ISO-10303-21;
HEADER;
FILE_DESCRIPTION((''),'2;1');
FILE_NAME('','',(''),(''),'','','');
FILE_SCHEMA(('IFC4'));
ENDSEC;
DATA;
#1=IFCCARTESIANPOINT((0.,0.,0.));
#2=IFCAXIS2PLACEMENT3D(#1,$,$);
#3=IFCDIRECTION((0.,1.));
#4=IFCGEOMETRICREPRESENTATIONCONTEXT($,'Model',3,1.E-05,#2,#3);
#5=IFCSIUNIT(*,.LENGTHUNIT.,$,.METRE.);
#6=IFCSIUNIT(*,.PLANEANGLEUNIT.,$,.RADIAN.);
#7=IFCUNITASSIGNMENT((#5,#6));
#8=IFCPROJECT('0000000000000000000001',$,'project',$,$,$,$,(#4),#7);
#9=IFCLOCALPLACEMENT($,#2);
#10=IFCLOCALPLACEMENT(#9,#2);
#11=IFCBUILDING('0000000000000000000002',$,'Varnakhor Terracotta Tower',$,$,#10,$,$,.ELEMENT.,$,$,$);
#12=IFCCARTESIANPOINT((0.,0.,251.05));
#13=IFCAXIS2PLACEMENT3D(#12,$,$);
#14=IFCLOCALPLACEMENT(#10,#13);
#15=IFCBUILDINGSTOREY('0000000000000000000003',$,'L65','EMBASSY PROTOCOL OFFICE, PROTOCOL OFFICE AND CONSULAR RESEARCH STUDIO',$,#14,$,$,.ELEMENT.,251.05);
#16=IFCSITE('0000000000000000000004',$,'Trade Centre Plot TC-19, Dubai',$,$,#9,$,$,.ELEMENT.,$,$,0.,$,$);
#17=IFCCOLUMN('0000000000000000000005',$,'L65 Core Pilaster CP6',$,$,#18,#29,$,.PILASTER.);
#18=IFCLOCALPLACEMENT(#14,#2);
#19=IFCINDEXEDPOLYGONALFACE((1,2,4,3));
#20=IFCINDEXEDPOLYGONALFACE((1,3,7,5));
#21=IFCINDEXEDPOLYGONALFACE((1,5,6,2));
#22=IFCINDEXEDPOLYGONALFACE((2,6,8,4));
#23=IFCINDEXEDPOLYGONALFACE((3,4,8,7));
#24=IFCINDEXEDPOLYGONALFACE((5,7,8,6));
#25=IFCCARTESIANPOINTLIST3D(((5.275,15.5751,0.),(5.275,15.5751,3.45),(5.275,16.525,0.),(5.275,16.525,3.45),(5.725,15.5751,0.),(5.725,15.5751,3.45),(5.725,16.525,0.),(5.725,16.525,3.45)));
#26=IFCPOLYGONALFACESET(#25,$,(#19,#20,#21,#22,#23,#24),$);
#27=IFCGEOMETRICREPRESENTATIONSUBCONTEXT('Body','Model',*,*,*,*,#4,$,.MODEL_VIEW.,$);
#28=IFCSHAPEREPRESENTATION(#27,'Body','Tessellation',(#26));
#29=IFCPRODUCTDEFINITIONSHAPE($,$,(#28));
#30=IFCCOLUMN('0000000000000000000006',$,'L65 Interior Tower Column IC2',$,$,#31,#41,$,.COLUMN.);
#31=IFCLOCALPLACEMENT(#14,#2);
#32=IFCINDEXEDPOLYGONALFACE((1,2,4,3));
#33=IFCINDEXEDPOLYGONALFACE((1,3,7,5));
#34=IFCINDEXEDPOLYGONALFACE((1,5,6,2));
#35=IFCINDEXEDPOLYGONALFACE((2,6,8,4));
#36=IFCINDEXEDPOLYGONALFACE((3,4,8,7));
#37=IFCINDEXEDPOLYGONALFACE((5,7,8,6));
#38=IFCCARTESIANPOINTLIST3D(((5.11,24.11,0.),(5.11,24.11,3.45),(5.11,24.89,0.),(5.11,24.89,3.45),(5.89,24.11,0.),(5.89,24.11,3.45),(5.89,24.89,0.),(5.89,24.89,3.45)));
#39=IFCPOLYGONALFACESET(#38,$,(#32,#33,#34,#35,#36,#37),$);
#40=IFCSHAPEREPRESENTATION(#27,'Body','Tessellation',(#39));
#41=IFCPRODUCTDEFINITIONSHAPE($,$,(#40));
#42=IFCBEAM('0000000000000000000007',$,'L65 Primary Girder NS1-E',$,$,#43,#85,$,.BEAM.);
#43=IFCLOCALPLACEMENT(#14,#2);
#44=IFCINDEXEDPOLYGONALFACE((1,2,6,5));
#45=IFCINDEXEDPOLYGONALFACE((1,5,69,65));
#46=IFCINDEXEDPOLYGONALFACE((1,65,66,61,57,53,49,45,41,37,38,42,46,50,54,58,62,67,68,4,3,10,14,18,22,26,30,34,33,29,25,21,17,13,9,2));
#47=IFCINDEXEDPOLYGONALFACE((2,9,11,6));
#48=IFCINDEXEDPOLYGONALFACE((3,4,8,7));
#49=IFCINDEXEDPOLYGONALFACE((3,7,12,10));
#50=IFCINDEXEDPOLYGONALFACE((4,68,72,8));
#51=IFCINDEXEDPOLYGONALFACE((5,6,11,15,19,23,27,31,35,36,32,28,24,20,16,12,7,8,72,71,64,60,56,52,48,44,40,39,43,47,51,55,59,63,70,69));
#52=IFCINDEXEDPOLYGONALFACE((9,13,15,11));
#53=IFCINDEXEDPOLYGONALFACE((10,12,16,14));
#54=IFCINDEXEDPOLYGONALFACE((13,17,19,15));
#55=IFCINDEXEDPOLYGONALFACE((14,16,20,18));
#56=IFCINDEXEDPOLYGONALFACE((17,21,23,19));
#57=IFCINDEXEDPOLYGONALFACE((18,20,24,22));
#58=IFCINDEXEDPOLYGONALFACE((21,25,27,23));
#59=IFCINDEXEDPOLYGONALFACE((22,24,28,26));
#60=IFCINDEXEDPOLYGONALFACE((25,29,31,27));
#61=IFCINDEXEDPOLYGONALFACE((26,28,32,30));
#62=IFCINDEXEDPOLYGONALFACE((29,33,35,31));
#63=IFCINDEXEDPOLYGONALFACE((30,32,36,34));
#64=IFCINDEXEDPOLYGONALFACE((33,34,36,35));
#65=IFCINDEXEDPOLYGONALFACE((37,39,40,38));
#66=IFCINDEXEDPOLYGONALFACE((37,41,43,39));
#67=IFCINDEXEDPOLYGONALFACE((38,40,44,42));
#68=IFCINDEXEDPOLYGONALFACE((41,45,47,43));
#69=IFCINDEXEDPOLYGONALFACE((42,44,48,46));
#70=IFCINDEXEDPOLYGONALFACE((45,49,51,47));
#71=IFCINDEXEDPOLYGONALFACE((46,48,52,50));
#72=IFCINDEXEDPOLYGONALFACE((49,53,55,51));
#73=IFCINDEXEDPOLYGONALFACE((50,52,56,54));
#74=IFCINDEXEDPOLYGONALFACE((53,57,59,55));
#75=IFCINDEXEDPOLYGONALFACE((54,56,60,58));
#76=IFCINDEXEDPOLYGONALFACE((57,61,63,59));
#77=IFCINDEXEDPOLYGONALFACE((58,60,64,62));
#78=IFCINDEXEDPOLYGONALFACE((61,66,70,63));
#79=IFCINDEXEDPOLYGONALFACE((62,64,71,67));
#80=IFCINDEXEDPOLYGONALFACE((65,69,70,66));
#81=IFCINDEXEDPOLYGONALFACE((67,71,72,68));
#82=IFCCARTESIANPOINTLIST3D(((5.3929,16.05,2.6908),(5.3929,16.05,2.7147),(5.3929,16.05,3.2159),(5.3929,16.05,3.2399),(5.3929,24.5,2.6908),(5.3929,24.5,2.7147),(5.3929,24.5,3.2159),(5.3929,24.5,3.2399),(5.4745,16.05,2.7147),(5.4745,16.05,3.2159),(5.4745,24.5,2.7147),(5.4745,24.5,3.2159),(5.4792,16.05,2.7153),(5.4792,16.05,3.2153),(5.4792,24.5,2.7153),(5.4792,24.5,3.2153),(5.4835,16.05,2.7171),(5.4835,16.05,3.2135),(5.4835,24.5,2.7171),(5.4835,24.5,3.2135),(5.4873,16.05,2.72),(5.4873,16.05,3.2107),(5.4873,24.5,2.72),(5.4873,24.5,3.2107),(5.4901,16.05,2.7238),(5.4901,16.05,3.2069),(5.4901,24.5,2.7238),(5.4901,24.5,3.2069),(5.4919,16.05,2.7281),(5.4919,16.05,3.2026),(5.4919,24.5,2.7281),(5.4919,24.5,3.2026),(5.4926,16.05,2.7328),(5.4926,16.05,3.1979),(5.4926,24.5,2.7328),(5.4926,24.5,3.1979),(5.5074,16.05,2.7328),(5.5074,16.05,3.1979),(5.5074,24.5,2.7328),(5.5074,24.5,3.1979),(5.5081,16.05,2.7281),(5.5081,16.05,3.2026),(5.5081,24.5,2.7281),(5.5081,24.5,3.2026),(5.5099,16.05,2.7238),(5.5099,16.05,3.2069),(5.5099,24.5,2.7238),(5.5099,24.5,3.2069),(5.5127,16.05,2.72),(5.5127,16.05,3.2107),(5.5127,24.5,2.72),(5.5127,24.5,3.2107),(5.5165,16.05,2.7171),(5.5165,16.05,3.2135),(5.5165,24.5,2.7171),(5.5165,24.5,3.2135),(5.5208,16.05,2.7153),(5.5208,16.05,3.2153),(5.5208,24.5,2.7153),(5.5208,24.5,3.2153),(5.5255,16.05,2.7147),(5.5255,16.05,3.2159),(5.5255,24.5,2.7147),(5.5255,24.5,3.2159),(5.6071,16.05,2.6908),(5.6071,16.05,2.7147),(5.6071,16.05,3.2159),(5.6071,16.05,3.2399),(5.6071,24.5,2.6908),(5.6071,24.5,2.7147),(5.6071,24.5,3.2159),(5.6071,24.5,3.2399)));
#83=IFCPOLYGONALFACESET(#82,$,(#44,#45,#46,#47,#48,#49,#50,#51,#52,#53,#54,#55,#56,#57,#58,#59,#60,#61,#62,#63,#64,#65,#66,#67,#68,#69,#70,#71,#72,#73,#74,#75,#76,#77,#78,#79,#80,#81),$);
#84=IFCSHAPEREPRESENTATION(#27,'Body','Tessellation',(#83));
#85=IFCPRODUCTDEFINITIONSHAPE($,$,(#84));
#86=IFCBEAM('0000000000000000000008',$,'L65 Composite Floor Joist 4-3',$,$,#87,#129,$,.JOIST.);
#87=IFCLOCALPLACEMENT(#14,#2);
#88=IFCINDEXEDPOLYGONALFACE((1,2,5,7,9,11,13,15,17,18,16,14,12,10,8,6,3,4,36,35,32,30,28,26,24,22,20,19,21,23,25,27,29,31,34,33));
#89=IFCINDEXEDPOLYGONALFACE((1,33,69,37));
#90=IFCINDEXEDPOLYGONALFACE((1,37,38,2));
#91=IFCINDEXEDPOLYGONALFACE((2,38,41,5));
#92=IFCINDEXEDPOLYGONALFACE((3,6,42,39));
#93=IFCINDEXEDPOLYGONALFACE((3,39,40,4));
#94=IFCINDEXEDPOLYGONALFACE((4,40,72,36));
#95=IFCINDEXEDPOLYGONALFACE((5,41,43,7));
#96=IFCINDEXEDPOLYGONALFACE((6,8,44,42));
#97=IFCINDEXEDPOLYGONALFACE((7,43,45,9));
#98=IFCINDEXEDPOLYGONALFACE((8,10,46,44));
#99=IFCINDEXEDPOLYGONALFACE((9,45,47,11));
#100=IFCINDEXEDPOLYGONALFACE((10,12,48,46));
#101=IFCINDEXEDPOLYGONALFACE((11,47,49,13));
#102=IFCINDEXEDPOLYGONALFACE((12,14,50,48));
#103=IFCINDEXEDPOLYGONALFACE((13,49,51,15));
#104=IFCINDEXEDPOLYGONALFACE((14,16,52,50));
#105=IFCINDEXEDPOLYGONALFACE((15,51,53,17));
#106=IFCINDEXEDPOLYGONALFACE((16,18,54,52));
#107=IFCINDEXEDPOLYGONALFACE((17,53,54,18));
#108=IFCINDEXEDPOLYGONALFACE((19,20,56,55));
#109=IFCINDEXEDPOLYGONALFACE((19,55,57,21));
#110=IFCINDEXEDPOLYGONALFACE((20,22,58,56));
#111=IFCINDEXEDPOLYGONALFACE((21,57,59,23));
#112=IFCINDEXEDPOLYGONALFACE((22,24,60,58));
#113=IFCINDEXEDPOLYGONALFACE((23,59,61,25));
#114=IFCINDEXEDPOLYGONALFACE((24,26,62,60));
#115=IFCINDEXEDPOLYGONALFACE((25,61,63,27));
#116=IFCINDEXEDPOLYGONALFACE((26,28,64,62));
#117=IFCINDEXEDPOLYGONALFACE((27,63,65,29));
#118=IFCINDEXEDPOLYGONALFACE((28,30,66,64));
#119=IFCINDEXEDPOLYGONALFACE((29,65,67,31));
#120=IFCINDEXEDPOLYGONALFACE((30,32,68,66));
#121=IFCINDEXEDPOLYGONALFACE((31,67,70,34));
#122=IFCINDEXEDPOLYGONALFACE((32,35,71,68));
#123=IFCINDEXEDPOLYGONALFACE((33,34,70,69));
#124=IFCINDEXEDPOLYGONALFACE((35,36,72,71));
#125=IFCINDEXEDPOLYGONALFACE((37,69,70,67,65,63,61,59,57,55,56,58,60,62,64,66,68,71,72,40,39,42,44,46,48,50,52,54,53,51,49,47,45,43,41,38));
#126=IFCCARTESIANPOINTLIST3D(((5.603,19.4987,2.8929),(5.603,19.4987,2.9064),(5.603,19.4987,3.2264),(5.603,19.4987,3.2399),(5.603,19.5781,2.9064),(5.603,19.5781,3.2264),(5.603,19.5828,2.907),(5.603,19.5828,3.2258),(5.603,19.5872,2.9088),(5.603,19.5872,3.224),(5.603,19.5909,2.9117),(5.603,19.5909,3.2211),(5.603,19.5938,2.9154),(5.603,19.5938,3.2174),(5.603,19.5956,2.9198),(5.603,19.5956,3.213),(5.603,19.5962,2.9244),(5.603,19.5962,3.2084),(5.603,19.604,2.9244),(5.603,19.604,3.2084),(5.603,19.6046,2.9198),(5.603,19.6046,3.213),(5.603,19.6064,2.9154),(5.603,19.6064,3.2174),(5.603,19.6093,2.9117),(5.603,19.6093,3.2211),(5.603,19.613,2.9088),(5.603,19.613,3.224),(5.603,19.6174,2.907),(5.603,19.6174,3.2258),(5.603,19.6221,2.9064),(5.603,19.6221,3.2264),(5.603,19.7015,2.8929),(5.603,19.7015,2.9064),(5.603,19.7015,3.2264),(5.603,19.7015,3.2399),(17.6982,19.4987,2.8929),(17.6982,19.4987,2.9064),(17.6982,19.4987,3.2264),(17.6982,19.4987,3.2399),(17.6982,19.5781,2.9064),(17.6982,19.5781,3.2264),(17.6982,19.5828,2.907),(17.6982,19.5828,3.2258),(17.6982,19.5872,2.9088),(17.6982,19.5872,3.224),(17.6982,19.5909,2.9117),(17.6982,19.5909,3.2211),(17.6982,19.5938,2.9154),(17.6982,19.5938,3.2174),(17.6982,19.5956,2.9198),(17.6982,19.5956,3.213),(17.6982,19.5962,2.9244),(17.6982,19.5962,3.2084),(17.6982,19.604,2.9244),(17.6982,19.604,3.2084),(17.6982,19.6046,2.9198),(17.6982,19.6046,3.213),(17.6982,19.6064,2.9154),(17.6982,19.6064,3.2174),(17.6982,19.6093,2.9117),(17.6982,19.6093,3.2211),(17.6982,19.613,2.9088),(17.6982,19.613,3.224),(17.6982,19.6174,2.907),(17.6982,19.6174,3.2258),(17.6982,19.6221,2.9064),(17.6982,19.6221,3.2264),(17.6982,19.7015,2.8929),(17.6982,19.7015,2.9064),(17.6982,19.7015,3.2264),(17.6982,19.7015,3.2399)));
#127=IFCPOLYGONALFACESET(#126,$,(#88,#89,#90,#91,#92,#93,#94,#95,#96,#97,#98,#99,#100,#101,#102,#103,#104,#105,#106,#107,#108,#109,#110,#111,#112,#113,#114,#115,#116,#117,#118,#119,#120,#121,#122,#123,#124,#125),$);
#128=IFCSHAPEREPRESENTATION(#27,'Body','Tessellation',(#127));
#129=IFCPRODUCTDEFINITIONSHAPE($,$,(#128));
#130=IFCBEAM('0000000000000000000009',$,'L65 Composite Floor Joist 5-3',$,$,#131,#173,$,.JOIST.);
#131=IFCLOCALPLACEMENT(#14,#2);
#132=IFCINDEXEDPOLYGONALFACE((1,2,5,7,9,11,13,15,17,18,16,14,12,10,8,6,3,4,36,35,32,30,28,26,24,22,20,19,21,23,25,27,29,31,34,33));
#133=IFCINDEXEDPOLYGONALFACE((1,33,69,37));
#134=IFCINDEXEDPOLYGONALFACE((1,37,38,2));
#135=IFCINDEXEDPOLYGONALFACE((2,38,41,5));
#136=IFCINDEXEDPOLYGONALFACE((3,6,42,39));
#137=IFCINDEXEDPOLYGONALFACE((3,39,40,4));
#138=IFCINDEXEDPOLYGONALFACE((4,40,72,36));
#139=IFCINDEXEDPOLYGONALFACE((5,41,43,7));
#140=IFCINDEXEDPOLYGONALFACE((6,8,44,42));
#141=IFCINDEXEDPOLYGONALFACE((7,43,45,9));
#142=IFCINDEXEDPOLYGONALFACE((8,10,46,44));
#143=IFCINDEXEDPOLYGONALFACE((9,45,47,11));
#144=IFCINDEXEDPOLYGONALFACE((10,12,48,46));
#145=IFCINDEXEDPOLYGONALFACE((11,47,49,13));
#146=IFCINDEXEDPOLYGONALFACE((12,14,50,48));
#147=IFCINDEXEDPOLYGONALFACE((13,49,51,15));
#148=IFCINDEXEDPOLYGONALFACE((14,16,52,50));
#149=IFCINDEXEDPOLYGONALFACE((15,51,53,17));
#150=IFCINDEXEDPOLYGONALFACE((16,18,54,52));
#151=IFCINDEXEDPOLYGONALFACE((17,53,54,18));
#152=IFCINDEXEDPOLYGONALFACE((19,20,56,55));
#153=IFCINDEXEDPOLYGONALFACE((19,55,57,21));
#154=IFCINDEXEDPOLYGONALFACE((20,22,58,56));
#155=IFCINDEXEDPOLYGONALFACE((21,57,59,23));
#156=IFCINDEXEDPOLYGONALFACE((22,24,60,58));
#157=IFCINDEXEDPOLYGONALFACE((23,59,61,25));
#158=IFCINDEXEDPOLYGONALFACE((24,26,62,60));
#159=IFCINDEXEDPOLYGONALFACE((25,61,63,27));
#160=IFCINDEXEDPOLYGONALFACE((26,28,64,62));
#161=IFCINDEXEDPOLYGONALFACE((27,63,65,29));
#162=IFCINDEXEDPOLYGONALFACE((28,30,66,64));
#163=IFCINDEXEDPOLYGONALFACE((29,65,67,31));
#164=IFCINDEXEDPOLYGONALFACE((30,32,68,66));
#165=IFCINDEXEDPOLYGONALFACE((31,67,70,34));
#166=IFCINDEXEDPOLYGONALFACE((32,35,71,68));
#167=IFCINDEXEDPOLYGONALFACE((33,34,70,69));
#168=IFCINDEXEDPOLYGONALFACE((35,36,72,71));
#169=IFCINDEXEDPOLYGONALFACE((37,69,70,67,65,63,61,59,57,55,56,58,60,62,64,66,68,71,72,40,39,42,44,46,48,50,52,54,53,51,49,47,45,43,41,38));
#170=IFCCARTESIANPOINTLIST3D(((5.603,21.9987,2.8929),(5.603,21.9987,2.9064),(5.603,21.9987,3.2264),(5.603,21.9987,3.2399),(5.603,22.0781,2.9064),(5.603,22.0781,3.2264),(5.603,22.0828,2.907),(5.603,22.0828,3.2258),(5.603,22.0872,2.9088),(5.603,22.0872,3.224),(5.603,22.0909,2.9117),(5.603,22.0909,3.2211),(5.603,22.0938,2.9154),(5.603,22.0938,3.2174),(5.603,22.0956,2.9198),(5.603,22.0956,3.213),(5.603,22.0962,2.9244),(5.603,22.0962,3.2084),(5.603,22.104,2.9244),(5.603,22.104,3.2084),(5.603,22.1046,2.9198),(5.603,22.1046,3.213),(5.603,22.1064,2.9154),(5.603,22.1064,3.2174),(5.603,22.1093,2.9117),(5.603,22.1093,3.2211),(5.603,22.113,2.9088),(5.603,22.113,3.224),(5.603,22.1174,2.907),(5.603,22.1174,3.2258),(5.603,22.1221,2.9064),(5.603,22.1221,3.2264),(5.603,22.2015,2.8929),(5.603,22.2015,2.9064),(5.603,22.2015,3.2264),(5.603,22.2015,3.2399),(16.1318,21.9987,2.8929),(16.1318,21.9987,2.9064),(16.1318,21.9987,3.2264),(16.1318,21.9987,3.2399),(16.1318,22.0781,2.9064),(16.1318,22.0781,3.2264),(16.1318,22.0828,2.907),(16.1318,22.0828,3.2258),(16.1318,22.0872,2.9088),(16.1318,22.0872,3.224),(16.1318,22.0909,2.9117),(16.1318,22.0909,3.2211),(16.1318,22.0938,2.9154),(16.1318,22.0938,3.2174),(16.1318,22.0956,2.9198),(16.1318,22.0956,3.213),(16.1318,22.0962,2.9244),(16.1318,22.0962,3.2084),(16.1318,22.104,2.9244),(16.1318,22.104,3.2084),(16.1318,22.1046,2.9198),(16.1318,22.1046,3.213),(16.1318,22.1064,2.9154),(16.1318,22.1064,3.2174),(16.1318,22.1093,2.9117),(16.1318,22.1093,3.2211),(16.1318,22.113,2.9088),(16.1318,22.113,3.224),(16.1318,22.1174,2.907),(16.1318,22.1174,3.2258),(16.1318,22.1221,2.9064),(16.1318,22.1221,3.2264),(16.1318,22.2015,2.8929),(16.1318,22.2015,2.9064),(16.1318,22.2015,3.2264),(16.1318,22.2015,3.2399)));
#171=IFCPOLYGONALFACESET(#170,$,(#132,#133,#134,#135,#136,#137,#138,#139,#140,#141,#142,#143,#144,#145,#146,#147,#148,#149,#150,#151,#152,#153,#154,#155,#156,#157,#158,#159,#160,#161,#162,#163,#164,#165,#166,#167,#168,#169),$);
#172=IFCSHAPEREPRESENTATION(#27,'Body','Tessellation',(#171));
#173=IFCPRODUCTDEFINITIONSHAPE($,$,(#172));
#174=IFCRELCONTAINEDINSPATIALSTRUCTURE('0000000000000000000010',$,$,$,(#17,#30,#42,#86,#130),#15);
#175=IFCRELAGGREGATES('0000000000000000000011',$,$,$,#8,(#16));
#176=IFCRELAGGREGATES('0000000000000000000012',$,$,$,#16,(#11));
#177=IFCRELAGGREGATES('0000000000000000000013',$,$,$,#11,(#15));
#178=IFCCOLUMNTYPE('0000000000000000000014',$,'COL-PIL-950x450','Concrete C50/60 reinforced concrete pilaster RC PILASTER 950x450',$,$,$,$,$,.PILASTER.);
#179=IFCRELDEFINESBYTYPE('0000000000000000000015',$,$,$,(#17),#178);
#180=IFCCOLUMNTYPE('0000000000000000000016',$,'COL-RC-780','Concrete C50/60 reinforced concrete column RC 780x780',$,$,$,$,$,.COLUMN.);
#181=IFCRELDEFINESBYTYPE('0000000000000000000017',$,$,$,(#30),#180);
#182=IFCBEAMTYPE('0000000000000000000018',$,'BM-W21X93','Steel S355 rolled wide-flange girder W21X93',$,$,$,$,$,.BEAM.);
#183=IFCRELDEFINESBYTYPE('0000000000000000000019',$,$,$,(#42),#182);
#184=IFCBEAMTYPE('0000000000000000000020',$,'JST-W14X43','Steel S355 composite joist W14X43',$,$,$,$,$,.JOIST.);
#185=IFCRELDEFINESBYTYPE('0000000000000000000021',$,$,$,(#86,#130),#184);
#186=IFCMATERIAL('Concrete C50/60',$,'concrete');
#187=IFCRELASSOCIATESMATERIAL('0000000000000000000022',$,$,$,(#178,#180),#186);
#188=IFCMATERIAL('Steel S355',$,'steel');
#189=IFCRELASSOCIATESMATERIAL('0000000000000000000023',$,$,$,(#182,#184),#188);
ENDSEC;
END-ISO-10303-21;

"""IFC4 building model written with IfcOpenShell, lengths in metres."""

from ifc_helpers import new_model, si_unit, direction, frame, origin, origin_2d, place, context, subcontext, project, spatial, rectangle, i_section, extrude, source, transform, mapped, material, material_profile, profile_set, type_object, type_shapes, element, save


model = new_model("IFC4")

# Units and contexts
model_context = context("Model", 3, precision=1e-05, world=origin(), true_north=direction((0.0, 1.0)))
body_context = subcontext(model_context, "Body", "Model", "MODEL_VIEW")
ifc_project = project(units=[si_unit("LENGTHUNIT", "METRE"), si_unit("PLANEANGLEUNIT", "RADIAN")], contexts=[model_context])

# Site, building, storey
site_placement = place(None, origin())
site = spatial("IfcSite", under=ifc_project, at=site_placement, Name="Trade Centre Plot TC-19, Dubai", CompositionType="ELEMENT", RefElevation=0.0)
building_placement = place(site_placement, origin())
building = spatial("IfcBuilding", under=site, at=building_placement, Name="Varnakhor Terracotta Tower", CompositionType="ELEMENT")
storey_placement = place(building_placement, frame((0.0, 0.0, 251.05)))
storey = spatial("IfcBuildingStorey", under=building, at=storey_placement, Name="L65", Description="EMBASSY PROTOCOL OFFICE, PROTOCOL OFFICE AND CONSULAR RESEARCH STUDIO", CompositionType="ELEMENT", Elevation=251.05)

# Columns
ifc_material_1 = material(Name="Concrete C50/60", Category="concrete")
ifc_material_profile_1 = material_profile(ifc_material_1, rectangle(XDim=0.45, YDim=0.95, at=origin_2d()), Name="RC PILASTER 950x450")
ifc_profile_set_1 = profile_set([ifc_material_profile_1], Name="Concrete C50/60")
column_type_1 = type_object("IfcColumnType", Name="COL-PIL-950x450", Description="Concrete C50/60 reinforced concrete pilaster RC PILASTER 950x450", PredefinedType="PILASTER", material=ifc_profile_set_1)
shared_shape_1 = source(origin(), body_context, "Body", "SweptSolid", [
    extrude(rectangle(XDim=0.45, YDim=0.95, at=origin_2d()), origin(), (0.0, 0.0, 1.0), 3.45),
])
column_1_placement = place(storey_placement, frame((5.5, 16.05, 0.0), z_axis=(0.0, 0.0, 1.0), x_axis=(1.0, 0.0, 0.0)))
element("IfcColumn", 1, at=column_1_placement, inside=storey, type_object=column_type_1, Name="L65 Core Pilaster CP6", PredefinedType="PILASTER", context=body_context, shape_type="MappedRepresentation", body=[
    mapped(shared_shape_1, transform((0.0, 0.0, 0.0), scale=1.0)),
])
ifc_material_profile_2 = material_profile(ifc_material_1, rectangle(XDim=0.78, YDim=0.78, at=origin_2d()), Name="RC 780x780")
ifc_profile_set_2 = profile_set([ifc_material_profile_2], Name="Concrete C50/60")
column_type_2 = type_object("IfcColumnType", Name="COL-RC-780", Description="Concrete C50/60 reinforced concrete column RC 780x780", PredefinedType="COLUMN", material=ifc_profile_set_2)
shared_shape_2 = source(origin(), body_context, "Body", "SweptSolid", [
    extrude(rectangle(XDim=0.78, YDim=0.78, at=origin_2d()), origin(), (0.0, 0.0, 1.0), 3.45),
])
column_2_placement = place(storey_placement, frame((5.5, 24.5, 0.0), z_axis=(0.0, 0.0, 1.0), x_axis=(1.0, 0.0, 0.0)))
element("IfcColumn", 2, at=column_2_placement, inside=storey, type_object=column_type_2, Name="L65 Interior Tower Column IC2", PredefinedType="COLUMN", context=body_context, shape_type="MappedRepresentation", body=[
    mapped(shared_shape_2, transform((0.0, 0.0, 0.0), scale=1.0)),
])

# Beams
ifc_material_2 = material(Name="Steel S355", Category="steel")
ifc_material_profile_3 = material_profile(ifc_material_2, i_section(OverallWidth=0.2141, OverallDepth=0.5491, WebThickness=0.0149, FlangeThickness=0.0239, FilletRadius=0.0181, at=origin_2d()), Name="W21X93")
ifc_profile_set_3 = profile_set([ifc_material_profile_3], Name="Steel S355")
beam_type_1 = type_object("IfcBeamType", Name="BM-W21X93", Description="Steel S355 rolled wide-flange girder W21X93", PredefinedType="BEAM", material=ifc_profile_set_3)
shared_shape_3 = source(origin(), body_context, "Body", "SweptSolid", [
    extrude(i_section(OverallWidth=0.2141, OverallDepth=0.5491, WebThickness=0.0149, FlangeThickness=0.0239, FilletRadius=0.0181, at=origin_2d()), origin(), (0.0, 0.0, 1.0), 8.45),
])
type_shapes(beam_type_1, [shared_shape_3])
beam_1_placement = place(storey_placement, frame((5.5, 16.05, 2.9653), z_axis=(0.0, 1.0, 0.0), x_axis=(-1.0, 0.0, 0.0)))
element("IfcBeam", 3, at=beam_1_placement, inside=storey, type_object=beam_type_1, Name="L65 Primary Girder NS1-E", PredefinedType="BEAM", context=body_context, shape_type="MappedRepresentation", body=[
    mapped(shared_shape_3, transform((0.0, 0.0, 0.0), scale=1.0)),
])
ifc_material_profile_4 = material_profile(ifc_material_2, i_section(OverallWidth=0.2029, OverallDepth=0.3469, WebThickness=0.0078, FlangeThickness=0.0134, FilletRadius=0.0181, at=origin_2d()), Name="W14X43")
ifc_profile_set_4 = profile_set([ifc_material_profile_4], Name="Steel S355")
beam_type_2 = type_object("IfcBeamType", Name="JST-W14X43", Description="Steel S355 composite joist W14X43", PredefinedType="JOIST", material=ifc_profile_set_4)
shared_shape_4 = source(origin(), body_context, "Body", "SweptSolid", [
    extrude(i_section(OverallWidth=0.2029, OverallDepth=0.3469, WebThickness=0.0078, FlangeThickness=0.0134, FilletRadius=0.0181, at=origin_2d()), origin(), (0.0, 0.0, 1.0), 12.0952),
])
beam_2_placement = place(storey_placement, frame((5.603, 19.6001, 3.0664), z_axis=(1.0, 0.0, 0.0), x_axis=(0.0, 1.0, 0.0)))
element("IfcBeam", 4, at=beam_2_placement, inside=storey, type_object=beam_type_2, Name="L65 Composite Floor Joist 4-3", PredefinedType="JOIST", context=body_context, shape_type="MappedRepresentation", body=[
    mapped(shared_shape_4, transform((0.0, 0.0, 0.0), scale=1.0)),
])
shared_shape_5 = source(origin(), body_context, "Body", "SweptSolid", [
    extrude(i_section(OverallWidth=0.2029, OverallDepth=0.3469, WebThickness=0.0078, FlangeThickness=0.0134, FilletRadius=0.0181, at=origin_2d()), origin(), (0.0, 0.0, 1.0), 10.5288),
])
beam_3_placement = place(storey_placement, frame((5.603, 22.1001, 3.0664), z_axis=(1.0, 0.0, 0.0), x_axis=(0.0, 1.0, 0.0)))
element("IfcBeam", 5, at=beam_3_placement, inside=storey, type_object=beam_type_2, Name="L65 Composite Floor Joist 5-3", PredefinedType="JOIST", context=body_context, shape_type="MappedRepresentation", body=[
    mapped(shared_shape_5, transform((0.0, 0.0, 0.0), scale=1.0)),
])

save(model, "model.ifc")
